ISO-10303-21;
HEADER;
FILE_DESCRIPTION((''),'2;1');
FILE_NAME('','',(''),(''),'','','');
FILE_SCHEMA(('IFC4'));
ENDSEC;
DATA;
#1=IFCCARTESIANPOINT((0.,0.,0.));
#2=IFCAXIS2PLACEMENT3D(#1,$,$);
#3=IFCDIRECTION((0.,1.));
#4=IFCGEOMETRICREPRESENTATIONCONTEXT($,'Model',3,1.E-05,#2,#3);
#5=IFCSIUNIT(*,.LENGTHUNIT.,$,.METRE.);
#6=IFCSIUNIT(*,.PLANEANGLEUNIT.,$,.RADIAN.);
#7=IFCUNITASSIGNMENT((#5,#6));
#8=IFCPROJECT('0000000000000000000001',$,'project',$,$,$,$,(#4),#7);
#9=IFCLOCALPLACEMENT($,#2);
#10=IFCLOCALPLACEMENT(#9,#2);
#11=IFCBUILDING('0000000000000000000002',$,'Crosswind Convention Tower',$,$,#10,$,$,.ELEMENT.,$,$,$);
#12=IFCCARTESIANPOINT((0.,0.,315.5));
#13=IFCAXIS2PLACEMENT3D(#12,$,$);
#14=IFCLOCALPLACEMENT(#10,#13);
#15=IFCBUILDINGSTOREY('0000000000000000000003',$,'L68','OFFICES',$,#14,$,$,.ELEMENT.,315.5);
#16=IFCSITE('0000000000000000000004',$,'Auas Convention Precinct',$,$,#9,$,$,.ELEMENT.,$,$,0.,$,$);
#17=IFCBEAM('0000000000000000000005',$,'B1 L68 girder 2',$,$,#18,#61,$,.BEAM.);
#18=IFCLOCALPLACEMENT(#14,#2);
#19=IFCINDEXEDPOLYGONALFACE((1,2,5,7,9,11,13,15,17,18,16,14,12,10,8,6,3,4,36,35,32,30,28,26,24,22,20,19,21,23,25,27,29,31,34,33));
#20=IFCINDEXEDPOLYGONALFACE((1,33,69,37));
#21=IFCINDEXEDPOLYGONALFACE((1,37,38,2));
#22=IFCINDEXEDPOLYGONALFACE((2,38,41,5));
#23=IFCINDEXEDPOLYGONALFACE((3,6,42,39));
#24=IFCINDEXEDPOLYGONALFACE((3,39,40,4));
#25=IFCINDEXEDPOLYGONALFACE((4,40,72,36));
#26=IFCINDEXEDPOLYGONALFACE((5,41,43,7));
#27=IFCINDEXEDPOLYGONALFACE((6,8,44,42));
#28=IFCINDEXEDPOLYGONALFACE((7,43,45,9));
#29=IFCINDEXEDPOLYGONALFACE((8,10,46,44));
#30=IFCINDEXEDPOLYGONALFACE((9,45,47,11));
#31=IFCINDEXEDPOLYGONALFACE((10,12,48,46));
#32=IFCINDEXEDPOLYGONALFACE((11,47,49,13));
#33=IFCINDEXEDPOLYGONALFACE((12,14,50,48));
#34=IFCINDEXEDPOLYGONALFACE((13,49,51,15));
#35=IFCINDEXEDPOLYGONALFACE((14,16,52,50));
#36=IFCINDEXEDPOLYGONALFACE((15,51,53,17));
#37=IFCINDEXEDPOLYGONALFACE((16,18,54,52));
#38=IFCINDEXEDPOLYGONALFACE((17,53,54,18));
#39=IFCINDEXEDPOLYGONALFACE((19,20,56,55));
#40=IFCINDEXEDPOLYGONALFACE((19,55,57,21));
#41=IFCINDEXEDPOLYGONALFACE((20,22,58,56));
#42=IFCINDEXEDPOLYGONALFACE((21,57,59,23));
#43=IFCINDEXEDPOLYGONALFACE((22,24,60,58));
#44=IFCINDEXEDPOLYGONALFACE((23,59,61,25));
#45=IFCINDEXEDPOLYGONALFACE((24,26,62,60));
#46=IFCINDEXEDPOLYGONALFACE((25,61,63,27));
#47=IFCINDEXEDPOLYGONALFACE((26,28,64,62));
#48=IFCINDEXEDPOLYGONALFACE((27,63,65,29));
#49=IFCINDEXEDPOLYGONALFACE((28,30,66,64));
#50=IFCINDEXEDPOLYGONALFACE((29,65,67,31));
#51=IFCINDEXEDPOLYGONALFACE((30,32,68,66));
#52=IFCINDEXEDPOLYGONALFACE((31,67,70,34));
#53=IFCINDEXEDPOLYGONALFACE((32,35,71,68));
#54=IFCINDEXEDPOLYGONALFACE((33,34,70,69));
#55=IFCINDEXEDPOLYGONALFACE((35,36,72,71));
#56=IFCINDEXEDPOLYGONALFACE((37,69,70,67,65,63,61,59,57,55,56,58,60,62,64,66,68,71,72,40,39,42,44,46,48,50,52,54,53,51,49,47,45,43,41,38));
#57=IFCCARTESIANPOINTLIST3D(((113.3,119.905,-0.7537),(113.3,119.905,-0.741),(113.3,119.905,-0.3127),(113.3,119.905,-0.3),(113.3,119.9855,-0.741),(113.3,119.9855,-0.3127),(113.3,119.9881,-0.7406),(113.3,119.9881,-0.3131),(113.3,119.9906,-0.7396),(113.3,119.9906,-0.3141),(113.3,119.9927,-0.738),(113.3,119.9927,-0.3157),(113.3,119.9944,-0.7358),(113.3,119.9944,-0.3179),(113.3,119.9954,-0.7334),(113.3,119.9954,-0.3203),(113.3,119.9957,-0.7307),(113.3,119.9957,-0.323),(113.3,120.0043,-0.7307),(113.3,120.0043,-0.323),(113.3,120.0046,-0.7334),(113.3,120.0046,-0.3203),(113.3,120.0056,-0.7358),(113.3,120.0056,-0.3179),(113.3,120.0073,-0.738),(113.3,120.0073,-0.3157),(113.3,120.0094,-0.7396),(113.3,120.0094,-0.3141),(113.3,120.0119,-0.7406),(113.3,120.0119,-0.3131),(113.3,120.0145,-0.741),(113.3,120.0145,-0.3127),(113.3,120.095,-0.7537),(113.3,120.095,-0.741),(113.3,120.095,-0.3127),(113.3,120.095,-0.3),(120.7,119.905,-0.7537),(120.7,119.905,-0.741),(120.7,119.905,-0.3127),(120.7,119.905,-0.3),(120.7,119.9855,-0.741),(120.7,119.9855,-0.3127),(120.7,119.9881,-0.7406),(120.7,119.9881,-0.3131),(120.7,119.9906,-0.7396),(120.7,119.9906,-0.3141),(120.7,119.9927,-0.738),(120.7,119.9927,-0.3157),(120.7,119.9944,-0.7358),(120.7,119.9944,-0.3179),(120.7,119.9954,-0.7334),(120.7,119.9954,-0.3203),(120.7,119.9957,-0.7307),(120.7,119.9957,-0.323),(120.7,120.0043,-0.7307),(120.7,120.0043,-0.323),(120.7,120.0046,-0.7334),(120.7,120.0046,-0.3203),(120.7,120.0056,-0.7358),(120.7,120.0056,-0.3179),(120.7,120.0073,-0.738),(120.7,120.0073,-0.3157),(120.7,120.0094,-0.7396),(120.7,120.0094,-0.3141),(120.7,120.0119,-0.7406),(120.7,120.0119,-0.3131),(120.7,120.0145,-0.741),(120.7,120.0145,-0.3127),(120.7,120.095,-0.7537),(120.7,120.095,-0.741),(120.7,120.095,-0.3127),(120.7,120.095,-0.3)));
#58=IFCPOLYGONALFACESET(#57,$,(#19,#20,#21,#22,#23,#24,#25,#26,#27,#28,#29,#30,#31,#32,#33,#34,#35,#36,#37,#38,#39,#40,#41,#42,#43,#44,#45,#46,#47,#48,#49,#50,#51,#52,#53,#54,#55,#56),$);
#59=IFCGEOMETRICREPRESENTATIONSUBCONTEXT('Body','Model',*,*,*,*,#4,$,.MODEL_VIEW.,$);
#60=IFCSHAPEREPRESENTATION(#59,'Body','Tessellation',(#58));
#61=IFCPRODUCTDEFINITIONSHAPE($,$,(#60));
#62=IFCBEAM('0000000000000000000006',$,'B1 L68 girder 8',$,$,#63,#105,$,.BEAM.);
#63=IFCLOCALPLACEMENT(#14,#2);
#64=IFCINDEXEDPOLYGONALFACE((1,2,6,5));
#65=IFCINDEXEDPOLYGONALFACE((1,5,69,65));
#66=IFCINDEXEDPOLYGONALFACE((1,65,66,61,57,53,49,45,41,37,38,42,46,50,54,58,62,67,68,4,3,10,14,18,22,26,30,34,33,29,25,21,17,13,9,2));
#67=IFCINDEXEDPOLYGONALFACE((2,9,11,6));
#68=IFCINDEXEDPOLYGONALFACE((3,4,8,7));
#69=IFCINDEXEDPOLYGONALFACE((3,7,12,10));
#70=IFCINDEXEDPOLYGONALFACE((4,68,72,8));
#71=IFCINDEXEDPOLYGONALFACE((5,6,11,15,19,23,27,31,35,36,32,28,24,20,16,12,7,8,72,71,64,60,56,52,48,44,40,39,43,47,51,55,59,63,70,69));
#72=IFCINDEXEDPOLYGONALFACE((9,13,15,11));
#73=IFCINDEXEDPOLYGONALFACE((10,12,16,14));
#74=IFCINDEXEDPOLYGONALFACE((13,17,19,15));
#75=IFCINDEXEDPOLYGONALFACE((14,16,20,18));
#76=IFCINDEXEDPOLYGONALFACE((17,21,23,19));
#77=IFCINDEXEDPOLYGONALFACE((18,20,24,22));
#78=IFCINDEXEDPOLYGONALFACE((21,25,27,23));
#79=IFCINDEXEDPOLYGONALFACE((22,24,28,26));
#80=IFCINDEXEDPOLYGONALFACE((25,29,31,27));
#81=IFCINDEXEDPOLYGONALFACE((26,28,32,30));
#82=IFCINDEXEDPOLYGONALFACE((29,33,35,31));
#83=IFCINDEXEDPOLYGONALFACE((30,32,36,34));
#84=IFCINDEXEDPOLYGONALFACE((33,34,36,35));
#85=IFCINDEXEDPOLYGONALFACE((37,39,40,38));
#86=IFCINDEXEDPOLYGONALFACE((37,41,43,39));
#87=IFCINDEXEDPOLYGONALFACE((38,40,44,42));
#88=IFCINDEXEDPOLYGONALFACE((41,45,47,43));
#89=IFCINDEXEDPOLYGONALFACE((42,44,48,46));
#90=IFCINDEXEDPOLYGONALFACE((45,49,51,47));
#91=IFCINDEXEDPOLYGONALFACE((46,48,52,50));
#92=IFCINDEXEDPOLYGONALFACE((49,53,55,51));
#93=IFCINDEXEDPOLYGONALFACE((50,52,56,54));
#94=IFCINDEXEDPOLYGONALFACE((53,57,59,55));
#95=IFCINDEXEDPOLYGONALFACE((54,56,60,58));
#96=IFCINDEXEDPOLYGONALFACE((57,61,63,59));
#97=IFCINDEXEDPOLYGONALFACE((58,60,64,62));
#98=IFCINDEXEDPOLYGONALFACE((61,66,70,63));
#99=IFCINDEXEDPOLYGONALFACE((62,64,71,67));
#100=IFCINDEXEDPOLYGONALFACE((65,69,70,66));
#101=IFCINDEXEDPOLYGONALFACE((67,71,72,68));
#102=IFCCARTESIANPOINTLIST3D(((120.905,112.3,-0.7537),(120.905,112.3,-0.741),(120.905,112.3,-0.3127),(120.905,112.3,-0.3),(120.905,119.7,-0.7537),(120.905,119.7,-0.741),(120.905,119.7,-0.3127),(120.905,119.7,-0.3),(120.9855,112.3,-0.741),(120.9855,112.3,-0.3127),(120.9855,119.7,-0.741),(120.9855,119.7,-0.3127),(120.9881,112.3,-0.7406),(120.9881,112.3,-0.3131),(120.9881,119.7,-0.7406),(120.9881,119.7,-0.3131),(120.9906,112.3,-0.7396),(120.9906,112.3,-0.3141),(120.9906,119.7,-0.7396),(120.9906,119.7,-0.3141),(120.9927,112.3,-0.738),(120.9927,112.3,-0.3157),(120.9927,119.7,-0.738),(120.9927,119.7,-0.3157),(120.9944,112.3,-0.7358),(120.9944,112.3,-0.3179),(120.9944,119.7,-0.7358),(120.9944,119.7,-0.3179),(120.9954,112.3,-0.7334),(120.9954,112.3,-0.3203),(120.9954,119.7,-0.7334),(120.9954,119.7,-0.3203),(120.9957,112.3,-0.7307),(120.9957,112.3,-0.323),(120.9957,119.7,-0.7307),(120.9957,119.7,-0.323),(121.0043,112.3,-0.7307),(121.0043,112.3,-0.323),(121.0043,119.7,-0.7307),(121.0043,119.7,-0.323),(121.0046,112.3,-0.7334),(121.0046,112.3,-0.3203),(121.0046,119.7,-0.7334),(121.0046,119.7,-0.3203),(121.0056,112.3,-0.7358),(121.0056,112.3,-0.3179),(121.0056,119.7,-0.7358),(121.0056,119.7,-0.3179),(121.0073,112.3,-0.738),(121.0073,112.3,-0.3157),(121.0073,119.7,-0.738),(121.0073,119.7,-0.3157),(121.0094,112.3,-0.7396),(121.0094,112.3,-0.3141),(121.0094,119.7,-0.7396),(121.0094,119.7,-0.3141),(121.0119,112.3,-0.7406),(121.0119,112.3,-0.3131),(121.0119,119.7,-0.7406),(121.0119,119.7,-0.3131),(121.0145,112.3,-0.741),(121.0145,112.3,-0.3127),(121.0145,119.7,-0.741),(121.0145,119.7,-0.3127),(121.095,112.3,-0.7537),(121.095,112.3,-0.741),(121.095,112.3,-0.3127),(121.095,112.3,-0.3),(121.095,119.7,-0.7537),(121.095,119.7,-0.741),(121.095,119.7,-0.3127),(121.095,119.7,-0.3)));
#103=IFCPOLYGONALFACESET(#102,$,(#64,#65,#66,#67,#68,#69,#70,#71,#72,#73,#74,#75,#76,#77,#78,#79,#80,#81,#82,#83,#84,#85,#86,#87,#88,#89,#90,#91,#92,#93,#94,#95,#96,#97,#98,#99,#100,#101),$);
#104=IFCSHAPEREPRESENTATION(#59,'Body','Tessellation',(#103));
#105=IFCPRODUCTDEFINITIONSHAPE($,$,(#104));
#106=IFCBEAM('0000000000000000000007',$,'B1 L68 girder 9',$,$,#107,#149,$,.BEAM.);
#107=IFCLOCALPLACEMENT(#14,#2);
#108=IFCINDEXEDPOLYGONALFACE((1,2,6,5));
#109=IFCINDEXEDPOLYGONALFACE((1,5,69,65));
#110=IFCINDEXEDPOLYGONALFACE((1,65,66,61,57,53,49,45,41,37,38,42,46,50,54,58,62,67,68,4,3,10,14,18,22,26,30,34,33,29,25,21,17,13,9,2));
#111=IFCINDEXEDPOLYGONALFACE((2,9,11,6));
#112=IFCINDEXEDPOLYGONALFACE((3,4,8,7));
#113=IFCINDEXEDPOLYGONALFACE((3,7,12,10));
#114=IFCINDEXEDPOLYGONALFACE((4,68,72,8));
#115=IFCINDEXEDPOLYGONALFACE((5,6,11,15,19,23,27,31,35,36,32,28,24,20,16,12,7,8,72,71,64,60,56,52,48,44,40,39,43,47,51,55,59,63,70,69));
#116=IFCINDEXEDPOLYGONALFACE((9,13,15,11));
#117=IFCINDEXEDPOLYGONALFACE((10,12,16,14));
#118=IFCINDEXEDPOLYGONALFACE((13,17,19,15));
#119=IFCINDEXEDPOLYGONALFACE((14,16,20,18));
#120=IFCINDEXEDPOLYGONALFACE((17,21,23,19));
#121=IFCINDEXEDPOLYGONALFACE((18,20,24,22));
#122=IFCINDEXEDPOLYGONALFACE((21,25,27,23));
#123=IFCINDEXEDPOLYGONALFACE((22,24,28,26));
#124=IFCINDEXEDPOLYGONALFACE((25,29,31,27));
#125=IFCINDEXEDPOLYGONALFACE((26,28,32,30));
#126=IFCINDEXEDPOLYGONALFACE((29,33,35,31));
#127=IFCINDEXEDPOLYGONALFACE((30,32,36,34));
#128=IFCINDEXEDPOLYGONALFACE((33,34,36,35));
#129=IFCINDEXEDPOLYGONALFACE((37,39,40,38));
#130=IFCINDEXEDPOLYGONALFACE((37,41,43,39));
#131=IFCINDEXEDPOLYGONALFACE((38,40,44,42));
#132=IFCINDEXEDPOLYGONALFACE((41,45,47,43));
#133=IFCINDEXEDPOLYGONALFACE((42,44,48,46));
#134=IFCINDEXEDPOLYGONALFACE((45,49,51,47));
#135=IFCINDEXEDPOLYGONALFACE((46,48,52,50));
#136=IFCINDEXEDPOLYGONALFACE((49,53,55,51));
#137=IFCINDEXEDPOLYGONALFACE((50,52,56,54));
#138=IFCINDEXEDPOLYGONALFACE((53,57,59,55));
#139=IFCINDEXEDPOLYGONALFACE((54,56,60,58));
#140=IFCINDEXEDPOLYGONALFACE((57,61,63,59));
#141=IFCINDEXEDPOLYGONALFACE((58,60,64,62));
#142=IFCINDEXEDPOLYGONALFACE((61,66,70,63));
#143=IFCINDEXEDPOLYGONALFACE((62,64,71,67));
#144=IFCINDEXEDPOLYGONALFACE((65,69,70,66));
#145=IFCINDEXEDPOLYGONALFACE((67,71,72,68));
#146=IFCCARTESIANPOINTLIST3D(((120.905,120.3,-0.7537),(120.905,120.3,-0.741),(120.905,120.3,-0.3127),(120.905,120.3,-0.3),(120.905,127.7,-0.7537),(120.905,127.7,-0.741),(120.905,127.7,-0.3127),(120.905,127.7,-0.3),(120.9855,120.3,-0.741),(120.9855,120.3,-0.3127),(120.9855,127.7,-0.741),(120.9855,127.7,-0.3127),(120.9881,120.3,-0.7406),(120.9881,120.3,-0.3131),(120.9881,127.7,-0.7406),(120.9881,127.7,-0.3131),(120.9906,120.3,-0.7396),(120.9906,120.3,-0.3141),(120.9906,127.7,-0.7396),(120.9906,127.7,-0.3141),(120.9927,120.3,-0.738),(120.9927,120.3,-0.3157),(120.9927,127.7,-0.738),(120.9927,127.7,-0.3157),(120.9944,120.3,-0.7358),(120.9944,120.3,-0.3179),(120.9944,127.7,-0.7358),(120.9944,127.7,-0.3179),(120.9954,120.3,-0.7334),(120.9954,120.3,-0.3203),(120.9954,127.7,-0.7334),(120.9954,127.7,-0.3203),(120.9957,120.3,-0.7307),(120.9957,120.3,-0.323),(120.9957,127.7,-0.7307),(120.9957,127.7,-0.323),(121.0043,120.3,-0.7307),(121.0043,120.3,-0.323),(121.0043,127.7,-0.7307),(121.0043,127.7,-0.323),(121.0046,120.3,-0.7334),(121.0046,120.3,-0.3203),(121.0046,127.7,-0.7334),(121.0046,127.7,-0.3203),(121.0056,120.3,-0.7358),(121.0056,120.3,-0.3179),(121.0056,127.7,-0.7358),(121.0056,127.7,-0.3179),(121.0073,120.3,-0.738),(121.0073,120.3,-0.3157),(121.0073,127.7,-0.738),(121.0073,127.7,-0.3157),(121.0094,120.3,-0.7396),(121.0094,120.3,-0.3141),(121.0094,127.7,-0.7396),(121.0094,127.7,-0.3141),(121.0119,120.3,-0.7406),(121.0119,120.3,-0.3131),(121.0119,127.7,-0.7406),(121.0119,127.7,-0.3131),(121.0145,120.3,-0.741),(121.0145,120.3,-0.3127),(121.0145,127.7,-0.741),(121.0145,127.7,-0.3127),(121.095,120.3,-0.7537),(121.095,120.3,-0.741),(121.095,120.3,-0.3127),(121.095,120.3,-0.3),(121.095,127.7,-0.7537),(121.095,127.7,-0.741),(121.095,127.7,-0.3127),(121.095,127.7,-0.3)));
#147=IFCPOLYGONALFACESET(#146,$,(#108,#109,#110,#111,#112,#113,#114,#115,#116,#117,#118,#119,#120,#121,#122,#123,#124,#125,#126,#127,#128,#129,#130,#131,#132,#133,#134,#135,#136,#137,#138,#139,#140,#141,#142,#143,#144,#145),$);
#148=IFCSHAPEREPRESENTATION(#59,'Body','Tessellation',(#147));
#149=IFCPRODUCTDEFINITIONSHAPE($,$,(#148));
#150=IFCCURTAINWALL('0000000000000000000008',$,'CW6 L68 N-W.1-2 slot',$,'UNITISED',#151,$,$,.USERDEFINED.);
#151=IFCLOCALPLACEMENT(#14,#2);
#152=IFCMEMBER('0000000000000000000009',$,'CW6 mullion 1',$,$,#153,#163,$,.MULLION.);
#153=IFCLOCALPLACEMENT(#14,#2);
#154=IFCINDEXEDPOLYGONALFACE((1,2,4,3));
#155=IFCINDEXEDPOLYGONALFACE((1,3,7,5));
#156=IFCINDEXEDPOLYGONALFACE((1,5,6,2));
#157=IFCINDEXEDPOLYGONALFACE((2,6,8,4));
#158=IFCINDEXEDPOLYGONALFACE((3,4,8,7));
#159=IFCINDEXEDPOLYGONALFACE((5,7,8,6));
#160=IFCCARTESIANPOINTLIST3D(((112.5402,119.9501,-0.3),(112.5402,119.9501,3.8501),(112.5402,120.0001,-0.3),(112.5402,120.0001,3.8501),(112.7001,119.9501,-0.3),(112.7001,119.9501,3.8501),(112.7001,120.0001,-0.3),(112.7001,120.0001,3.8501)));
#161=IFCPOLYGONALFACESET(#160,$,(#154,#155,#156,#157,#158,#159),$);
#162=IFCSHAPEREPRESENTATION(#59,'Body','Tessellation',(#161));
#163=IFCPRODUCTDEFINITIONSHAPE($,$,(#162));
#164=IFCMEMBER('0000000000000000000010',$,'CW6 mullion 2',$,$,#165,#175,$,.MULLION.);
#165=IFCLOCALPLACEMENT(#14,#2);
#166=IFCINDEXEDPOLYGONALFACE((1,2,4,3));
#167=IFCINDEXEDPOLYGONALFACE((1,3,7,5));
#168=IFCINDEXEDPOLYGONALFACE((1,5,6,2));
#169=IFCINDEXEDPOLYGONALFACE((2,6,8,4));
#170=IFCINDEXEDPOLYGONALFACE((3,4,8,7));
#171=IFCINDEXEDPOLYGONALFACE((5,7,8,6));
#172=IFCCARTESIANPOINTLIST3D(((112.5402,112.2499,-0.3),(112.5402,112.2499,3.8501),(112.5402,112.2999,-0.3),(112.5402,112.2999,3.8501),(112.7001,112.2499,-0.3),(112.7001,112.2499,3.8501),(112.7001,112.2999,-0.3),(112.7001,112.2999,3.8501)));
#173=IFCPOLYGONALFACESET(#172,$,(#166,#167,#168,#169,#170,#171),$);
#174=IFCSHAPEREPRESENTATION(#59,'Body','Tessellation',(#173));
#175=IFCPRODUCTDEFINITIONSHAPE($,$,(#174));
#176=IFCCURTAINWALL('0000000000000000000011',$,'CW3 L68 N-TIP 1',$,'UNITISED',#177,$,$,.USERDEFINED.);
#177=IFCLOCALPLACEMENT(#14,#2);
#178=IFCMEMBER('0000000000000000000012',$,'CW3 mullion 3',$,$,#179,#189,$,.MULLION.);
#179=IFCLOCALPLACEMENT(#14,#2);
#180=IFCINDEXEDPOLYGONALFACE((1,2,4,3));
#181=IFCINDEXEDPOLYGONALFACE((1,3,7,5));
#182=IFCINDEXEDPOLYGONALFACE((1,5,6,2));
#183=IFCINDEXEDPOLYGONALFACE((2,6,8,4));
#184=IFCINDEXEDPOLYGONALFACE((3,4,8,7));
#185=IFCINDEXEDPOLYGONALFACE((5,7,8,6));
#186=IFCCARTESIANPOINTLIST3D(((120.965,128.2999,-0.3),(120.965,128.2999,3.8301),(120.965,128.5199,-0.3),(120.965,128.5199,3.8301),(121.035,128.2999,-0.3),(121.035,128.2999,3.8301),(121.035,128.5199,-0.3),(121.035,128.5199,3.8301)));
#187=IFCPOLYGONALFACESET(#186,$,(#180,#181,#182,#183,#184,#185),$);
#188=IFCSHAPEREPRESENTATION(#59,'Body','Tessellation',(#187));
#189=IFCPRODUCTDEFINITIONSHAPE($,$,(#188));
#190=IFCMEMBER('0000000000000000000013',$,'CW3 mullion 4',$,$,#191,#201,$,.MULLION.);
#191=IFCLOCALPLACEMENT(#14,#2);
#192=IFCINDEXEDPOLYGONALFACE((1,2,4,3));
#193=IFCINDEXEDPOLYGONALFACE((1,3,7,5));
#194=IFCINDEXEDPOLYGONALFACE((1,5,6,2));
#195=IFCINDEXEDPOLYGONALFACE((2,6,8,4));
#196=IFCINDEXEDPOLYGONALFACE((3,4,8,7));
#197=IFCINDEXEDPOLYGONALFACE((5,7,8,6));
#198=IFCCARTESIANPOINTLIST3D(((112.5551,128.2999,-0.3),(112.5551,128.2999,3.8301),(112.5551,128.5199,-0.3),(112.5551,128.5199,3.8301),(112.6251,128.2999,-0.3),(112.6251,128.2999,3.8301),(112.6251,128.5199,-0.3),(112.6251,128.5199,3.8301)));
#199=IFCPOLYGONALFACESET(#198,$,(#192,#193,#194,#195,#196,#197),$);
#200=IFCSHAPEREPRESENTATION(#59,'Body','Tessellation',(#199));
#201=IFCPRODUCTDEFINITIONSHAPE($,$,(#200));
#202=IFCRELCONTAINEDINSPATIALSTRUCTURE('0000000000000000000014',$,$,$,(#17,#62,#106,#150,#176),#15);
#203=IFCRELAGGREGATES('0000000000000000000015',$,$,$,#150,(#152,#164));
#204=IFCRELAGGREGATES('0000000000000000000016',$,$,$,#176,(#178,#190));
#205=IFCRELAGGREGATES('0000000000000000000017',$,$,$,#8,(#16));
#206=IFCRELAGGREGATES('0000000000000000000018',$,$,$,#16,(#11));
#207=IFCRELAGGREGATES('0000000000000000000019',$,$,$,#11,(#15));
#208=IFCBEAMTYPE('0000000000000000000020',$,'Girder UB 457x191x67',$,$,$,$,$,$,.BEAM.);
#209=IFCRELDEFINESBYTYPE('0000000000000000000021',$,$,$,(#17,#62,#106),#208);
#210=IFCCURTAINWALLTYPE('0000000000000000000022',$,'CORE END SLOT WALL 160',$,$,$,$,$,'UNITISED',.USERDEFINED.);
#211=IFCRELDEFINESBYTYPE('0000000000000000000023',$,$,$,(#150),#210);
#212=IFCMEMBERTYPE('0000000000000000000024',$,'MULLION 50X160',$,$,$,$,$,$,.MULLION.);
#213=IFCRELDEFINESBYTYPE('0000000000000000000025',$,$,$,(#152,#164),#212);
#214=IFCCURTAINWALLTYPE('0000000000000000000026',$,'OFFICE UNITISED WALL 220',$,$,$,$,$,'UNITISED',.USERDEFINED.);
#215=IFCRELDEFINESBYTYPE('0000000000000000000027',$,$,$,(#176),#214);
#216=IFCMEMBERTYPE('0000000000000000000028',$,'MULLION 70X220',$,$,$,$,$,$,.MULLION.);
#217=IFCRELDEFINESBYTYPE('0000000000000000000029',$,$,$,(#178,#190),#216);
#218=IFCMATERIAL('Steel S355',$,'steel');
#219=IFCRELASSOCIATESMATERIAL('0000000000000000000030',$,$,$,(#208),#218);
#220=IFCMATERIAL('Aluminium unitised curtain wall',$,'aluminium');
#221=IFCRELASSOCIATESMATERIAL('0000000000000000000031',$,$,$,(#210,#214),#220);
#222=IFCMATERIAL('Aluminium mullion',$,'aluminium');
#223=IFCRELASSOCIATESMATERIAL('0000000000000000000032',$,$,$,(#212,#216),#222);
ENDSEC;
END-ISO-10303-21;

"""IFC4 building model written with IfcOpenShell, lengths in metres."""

from ifc_helpers import new_model, si_unit, direction, frame, origin, origin_2d, place, context, subcontext, project, spatial, rectangle, i_section, extrude, material, material_profile, profile_set, type_object, element, aggregate, save


model = new_model("IFC4")

# Units and contexts
model_context = context("Model", 3, precision=1e-05, world=origin(), true_north=direction((0.0, 1.0)))
body_context = subcontext(model_context, "Body", "Model", "MODEL_VIEW")
ifc_project = project(units=[si_unit("LENGTHUNIT", "METRE"), si_unit("PLANEANGLEUNIT", "RADIAN")], contexts=[model_context])

# Site, building, storey
site_placement = place(None, origin())
site = spatial("IfcSite", under=ifc_project, at=site_placement, Name="Auas Convention Precinct", CompositionType="ELEMENT", RefElevation=0.0)
building_placement = place(site_placement, origin())
building = spatial("IfcBuilding", under=site, at=building_placement, Name="Crosswind Convention Tower", CompositionType="ELEMENT")
storey_placement = place(building_placement, frame((0.0, 0.0, 315.5)))
storey = spatial("IfcBuildingStorey", under=building, at=storey_placement, Name="L68", Description="OFFICES", CompositionType="ELEMENT", Elevation=315.5)

# Beams
ifc_material_1 = material(Name="Steel S355", Category="steel")
ifc_material_profile_1 = material_profile(ifc_material_1, i_section(OverallWidth=0.1899, OverallDepth=0.4536, WebThickness=0.0085, FlangeThickness=0.0127, FilletRadius=0.0103, at=origin_2d()), Name="UB 457x191x67")
ifc_profile_set_1 = profile_set([ifc_material_profile_1], Name="Steel S355")
beam_type_1 = type_object("IfcBeamType", Name="Girder UB 457x191x67", PredefinedType="BEAM", material=ifc_profile_set_1)
for number, where, z_axis, x_axis, name in (
    (1, (113.3, 120.0, -0.5269), (1.0, 0.0, 0.0), (0.0, 1.0, 0.0), "B1 L68 girder 2"),
    (2, (121.0, 112.3, -0.5269), (0.0, 1.0, 0.0), (-1.0, 0.0, 0.0), "B1 L68 girder 8"),
    (3, (121.0, 120.3, -0.5269), (0.0, 1.0, 0.0), (-1.0, 0.0, 0.0), "B1 L68 girder 9"),
):
    element("IfcBeam", number, at=place(storey_placement, frame(where, z_axis=z_axis, x_axis=x_axis)), inside=storey, type_object=beam_type_1, Name=name, PredefinedType="BEAM", context=body_context, shape_type="SweptSolid", body=[
        extrude(i_section(OverallWidth=0.1899, OverallDepth=0.4536, WebThickness=0.0085, FlangeThickness=0.0127, FilletRadius=0.0103, at=origin_2d()), origin(), (0.0, 0.0, 1.0), 7.3999),
    ])

# Curtain walls, members
ifc_material_2 = material(Name="Aluminium unitised curtain wall", Category="aluminium")
curtain_wall_type_1 = type_object("IfcCurtainWallType", Name="CORE END SLOT WALL 160", ElementType="UNITISED", PredefinedType="USERDEFINED", material=ifc_material_2)
curtain_wall_1_placement = place(storey_placement, origin())
curtain_wall_1 = element("IfcCurtainWall", 4, at=curtain_wall_1_placement, inside=storey, type_object=curtain_wall_type_1, Name="CW6 L68 N-W.1-2 slot", ObjectType="UNITISED", PredefinedType="USERDEFINED")
ifc_material_3 = material(Name="Aluminium mullion", Category="aluminium")
ifc_material_profile_2 = material_profile(ifc_material_3, rectangle(XDim=0.1599, YDim=0.05, at=origin_2d()), Name="AL 160X50")
ifc_profile_set_2 = profile_set([ifc_material_profile_2], Name="Aluminium mullion")
member_type_1 = type_object("IfcMemberType", Name="MULLION 50X160", PredefinedType="MULLION", material=ifc_profile_set_2)
member_1_placement = place(storey_placement, frame((112.6201, 119.9751, -0.3), z_axis=(0.0, 0.0, 1.0), x_axis=(-1.0, 0.0, 0.0)))
member_1 = element("IfcMember", 5, at=member_1_placement, type_object=member_type_1, Name="CW6 mullion 1", PredefinedType="MULLION", context=body_context, shape_type="SweptSolid", body=[
    extrude(rectangle(XDim=0.1599, YDim=0.05, at=origin_2d()), origin(), (0.0, 0.0, 1.0), 4.1501),
])
member_2_placement = place(storey_placement, frame((112.6201, 112.2749, -0.3), z_axis=(0.0, 0.0, 1.0), x_axis=(-1.0, 0.0, 0.0)))
member_2 = element("IfcMember", 6, at=member_2_placement, type_object=member_type_1, Name="CW6 mullion 2", PredefinedType="MULLION", context=body_context, shape_type="SweptSolid", body=[
    extrude(rectangle(XDim=0.1599, YDim=0.05, at=origin_2d()), origin(), (0.0, 0.0, 1.0), 4.1501),
])
curtain_wall_type_2 = type_object("IfcCurtainWallType", Name="OFFICE UNITISED WALL 220", ElementType="UNITISED", PredefinedType="USERDEFINED", material=ifc_material_2)
curtain_wall_2_placement = place(storey_placement, origin())
curtain_wall_2 = element("IfcCurtainWall", 7, at=curtain_wall_2_placement, inside=storey, type_object=curtain_wall_type_2, Name="CW3 L68 N-TIP 1", ObjectType="UNITISED", PredefinedType="USERDEFINED")
ifc_material_profile_3 = material_profile(ifc_material_3, rectangle(XDim=0.22, YDim=0.0701, at=origin_2d()), Name="AL 220X70")
ifc_profile_set_3 = profile_set([ifc_material_profile_3], Name="Aluminium mullion")
member_type_2 = type_object("IfcMemberType", Name="MULLION 70X220", PredefinedType="MULLION", material=ifc_profile_set_3)
member_3_placement = place(storey_placement, frame((121.0, 128.4099, -0.3), z_axis=(0.0, 0.0, 1.0), x_axis=(0.0, 1.0, 0.0)))
member_3 = element("IfcMember", 8, at=member_3_placement, type_object=member_type_2, Name="CW3 mullion 3", PredefinedType="MULLION", context=body_context, shape_type="SweptSolid", body=[
    extrude(rectangle(XDim=0.22, YDim=0.0701, at=origin_2d()), origin(), (0.0, 0.0, 1.0), 4.1301),
])
member_4_placement = place(storey_placement, frame((112.5901, 128.4099, -0.3), z_axis=(0.0, 0.0, 1.0), x_axis=(0.0, 1.0, 0.0)))
member_4 = element("IfcMember", 9, at=member_4_placement, type_object=member_type_2, Name="CW3 mullion 4", PredefinedType="MULLION", context=body_context, shape_type="SweptSolid", body=[
    extrude(rectangle(XDim=0.22, YDim=0.0701, at=origin_2d()), origin(), (0.0, 0.0, 1.0), 4.1301),
])

aggregate(curtain_wall_1, [member_1, member_2])
aggregate(curtain_wall_2, [member_3, member_4])

save(model, "model.ifc")
